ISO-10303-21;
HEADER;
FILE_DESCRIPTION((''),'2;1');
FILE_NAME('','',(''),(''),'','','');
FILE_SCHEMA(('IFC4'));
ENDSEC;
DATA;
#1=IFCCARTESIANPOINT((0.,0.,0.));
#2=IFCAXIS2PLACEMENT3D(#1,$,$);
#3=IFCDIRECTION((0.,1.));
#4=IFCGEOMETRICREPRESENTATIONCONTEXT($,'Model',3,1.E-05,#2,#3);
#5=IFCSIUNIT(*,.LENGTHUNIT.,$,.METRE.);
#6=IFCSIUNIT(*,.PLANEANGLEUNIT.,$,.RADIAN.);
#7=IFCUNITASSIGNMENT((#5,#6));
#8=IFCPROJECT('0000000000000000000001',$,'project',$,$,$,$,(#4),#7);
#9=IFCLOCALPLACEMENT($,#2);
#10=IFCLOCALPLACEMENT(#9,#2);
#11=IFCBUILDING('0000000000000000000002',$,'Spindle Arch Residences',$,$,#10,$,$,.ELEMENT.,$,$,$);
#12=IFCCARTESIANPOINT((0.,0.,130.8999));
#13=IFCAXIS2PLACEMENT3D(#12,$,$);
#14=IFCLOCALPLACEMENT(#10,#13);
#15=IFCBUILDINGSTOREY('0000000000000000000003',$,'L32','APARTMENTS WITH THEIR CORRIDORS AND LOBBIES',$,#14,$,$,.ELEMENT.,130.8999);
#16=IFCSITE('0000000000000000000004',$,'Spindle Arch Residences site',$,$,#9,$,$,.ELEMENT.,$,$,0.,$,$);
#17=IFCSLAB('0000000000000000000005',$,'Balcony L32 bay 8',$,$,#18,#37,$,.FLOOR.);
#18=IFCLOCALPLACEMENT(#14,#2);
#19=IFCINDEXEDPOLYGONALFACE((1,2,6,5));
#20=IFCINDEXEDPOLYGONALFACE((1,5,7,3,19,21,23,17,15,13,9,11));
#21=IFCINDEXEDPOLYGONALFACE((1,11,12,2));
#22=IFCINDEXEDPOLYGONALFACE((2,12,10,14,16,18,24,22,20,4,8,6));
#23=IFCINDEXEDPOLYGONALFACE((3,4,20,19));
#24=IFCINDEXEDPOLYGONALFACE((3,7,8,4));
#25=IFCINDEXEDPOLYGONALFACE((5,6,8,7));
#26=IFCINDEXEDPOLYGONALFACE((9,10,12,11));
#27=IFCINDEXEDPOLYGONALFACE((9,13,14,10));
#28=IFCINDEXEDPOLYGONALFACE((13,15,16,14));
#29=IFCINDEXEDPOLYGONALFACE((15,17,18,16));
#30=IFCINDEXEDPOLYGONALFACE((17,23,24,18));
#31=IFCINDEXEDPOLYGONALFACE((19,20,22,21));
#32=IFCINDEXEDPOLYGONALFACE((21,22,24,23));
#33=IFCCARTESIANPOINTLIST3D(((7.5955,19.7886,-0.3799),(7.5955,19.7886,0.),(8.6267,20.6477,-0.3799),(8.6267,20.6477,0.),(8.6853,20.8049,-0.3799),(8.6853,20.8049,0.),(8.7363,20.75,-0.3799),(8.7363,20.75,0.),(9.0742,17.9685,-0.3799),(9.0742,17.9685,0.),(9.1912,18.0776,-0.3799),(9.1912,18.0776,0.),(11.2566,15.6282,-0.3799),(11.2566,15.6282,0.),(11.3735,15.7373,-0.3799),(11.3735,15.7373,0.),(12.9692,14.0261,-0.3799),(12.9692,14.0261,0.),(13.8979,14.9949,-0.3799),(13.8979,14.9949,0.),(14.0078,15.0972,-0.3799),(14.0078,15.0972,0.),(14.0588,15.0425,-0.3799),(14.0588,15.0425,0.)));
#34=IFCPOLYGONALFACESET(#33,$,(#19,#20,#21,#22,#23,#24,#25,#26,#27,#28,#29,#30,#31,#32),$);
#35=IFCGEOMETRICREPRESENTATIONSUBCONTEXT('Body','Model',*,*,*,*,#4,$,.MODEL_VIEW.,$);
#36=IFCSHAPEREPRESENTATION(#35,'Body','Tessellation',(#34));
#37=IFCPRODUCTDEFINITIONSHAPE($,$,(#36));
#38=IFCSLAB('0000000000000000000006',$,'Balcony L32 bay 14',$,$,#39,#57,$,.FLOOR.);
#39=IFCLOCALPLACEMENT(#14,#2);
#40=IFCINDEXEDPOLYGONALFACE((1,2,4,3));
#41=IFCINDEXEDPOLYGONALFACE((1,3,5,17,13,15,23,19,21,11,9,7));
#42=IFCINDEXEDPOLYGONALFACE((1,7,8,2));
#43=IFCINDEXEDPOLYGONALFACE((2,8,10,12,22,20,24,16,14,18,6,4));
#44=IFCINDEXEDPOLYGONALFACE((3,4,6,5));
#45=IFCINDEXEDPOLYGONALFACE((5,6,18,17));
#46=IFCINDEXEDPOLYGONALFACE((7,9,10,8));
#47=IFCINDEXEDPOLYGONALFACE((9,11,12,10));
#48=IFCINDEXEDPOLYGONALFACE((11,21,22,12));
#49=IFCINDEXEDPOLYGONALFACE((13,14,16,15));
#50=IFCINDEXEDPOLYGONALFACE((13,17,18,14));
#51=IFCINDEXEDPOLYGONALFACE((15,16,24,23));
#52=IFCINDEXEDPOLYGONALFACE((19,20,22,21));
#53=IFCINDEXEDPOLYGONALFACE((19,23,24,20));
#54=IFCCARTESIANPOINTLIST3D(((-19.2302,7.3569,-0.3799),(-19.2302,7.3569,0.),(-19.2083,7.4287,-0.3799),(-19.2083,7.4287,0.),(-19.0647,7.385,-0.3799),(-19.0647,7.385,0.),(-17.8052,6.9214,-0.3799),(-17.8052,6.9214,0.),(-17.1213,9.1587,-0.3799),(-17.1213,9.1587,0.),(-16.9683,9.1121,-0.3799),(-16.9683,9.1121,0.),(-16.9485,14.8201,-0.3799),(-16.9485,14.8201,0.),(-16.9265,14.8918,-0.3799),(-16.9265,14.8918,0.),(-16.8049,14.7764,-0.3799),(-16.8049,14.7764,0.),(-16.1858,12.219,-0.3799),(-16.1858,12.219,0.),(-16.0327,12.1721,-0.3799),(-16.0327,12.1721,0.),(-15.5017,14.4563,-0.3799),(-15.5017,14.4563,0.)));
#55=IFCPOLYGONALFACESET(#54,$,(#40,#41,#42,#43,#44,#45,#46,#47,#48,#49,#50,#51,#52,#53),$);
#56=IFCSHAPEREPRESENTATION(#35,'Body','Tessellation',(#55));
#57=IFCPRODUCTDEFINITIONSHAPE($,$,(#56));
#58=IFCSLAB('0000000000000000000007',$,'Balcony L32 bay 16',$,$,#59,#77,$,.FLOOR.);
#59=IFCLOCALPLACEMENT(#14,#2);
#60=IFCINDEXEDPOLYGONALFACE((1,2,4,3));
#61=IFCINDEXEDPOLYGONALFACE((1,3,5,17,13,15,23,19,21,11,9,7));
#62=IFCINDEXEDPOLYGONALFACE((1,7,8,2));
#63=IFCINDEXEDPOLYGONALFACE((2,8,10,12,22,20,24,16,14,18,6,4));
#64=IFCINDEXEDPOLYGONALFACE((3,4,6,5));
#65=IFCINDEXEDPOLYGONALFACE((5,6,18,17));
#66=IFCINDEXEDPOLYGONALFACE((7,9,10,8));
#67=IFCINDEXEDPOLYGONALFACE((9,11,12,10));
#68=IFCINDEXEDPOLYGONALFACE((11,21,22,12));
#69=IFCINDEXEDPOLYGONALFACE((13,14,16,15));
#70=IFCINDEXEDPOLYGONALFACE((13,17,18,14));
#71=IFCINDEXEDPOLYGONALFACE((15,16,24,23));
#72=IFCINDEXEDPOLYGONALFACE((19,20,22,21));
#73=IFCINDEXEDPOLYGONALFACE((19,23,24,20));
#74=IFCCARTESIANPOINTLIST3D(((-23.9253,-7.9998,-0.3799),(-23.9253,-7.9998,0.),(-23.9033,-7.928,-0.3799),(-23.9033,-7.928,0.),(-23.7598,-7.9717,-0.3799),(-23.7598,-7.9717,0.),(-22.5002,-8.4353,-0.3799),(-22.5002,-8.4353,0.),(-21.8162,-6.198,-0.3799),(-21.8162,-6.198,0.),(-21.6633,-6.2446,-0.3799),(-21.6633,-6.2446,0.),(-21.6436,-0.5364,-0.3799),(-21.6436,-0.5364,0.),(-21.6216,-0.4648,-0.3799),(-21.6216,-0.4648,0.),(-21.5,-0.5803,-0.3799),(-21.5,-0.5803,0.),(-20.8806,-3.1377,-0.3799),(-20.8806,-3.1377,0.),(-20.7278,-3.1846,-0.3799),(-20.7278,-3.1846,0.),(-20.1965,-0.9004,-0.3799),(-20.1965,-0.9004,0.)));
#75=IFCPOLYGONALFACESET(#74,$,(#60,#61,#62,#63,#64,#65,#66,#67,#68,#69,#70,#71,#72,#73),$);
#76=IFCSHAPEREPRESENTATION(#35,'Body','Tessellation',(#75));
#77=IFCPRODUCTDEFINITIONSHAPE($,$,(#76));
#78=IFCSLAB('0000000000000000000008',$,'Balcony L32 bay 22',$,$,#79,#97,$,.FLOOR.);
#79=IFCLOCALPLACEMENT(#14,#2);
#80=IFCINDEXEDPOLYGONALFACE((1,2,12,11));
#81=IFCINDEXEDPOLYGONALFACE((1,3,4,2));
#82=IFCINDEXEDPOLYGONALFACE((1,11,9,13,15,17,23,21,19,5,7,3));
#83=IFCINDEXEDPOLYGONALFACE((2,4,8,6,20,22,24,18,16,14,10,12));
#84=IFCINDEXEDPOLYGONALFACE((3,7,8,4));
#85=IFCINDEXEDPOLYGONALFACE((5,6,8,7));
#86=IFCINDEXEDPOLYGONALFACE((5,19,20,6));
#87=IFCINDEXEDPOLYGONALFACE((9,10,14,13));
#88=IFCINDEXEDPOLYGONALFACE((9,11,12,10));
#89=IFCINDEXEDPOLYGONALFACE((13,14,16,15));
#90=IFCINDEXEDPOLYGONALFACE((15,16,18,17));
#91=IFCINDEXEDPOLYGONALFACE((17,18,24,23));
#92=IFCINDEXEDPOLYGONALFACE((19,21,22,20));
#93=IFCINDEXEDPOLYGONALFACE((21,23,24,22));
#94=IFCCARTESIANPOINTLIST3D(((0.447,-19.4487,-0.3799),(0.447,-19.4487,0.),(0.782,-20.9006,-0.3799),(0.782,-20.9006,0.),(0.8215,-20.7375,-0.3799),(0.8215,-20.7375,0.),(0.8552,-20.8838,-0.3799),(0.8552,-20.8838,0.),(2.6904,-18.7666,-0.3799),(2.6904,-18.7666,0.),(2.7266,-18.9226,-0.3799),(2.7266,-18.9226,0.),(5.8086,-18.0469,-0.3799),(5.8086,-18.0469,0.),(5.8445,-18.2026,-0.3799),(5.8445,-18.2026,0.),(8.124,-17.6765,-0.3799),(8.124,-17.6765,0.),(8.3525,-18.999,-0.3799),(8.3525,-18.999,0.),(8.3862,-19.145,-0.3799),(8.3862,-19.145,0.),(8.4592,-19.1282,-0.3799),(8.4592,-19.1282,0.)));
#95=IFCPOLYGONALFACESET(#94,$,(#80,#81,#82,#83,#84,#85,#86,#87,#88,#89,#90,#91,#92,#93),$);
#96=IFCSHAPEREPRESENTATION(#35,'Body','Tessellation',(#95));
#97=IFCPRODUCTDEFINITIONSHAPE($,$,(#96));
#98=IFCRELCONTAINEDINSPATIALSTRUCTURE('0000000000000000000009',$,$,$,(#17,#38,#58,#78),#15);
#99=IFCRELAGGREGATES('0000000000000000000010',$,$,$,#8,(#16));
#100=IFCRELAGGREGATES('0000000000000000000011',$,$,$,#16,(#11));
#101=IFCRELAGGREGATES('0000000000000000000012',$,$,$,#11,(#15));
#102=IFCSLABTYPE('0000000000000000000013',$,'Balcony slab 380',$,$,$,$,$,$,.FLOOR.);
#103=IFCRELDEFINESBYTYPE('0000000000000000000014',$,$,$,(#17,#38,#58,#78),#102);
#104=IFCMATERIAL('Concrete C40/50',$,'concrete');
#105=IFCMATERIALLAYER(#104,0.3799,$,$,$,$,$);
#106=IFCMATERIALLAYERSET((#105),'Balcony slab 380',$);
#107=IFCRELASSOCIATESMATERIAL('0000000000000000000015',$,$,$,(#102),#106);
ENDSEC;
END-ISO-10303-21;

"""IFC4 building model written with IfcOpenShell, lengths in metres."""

from ifc_helpers import new_model, si_unit, direction, frame, origin, place, context, subcontext, project, spatial, polyline, outline, extrude, material, layer, layer_set, type_object, element, save


model = new_model("IFC4")

# Units and contexts
model_context = context("Model", 3, precision=1e-05, world=origin(), true_north=direction((0.0, 1.0)))
body_context = subcontext(model_context, "Body", "Model", "MODEL_VIEW")
ifc_project = project(units=[si_unit("LENGTHUNIT", "METRE"), si_unit("PLANEANGLEUNIT", "RADIAN")], contexts=[model_context])

# Site, building, storey
site_placement = place(None, origin())
site = spatial("IfcSite", under=ifc_project, at=site_placement, Name="Spindle Arch Residences site", CompositionType="ELEMENT", RefElevation=0.0)
building_placement = place(site_placement, origin())
building = spatial("IfcBuilding", under=site, at=building_placement, Name="Spindle Arch Residences", CompositionType="ELEMENT")
storey_placement = place(building_placement, frame((0.0, 0.0, 130.8999)))
storey = spatial("IfcBuildingStorey", under=building, at=storey_placement, Name="L32", Description="APARTMENTS WITH THEIR CORRIDORS AND LOBBIES", CompositionType="ELEMENT", Elevation=130.8999)

# Slabs
ifc_material_1 = material(Name="Concrete C40/50", Category="concrete")
ifc_layer_1 = layer(ifc_material_1, 0.3799)
ifc_layer_set_1 = layer_set([ifc_layer_1], Name="Balcony slab 380")
slab_type_1 = type_object("IfcSlabType", Name="Balcony slab 380", PredefinedType="FLOOR", material=ifc_layer_set_1)
slab_1_placement = place(storey_placement, frame((0.0, 0.0, -0.3799)))
element("IfcSlab", 1, at=slab_1_placement, inside=storey, type_object=slab_type_1, Name="Balcony L32 bay 8", PredefinedType="FLOOR", context=body_context, shape_type="SweptSolid", body=[
    extrude(outline(polyline([(14.0588, 15.0425), (14.0078, 15.0972), (13.8979, 14.9949), (8.6267, 20.6477), (8.7363, 20.75), (8.6853, 20.8049), (7.5955, 19.7886), (9.1912, 18.0776), (9.0742, 17.9685), (11.2566, 15.6282), (11.3735, 15.7373), (12.9692, 14.0261), (14.0588, 15.0425)])), origin(), (0.0, 0.0, 1.0), 0.3799),
])
slab_2_placement = place(storey_placement, frame((0.0, 0.0, -0.3799)))
element("IfcSlab", 2, at=slab_2_placement, inside=storey, type_object=slab_type_1, Name="Balcony L32 bay 14", PredefinedType="FLOOR", context=body_context, shape_type="SweptSolid", body=[
    extrude(outline(polyline([(-16.9265, 14.8918), (-16.9485, 14.8201), (-16.8049, 14.7764), (-19.0647, 7.385), (-19.2083, 7.4287), (-19.2302, 7.3569), (-17.8052, 6.9214), (-17.1213, 9.1587), (-16.9683, 9.1121), (-16.0327, 12.1721), (-16.1858, 12.219), (-15.5017, 14.4563), (-16.9265, 14.8918)])), origin(), (0.0, 0.0, 1.0), 0.3799),
])
slab_3_placement = place(storey_placement, frame((0.0, 0.0, -0.3799)))
element("IfcSlab", 3, at=slab_3_placement, inside=storey, type_object=slab_type_1, Name="Balcony L32 bay 16", PredefinedType="FLOOR", context=body_context, shape_type="SweptSolid", body=[
    extrude(outline(polyline([(-21.6216, -0.4648), (-21.6436, -0.5364), (-21.5, -0.5803), (-23.7598, -7.9717), (-23.9033, -7.928), (-23.9253, -7.9998), (-22.5002, -8.4353), (-21.8162, -6.198), (-21.6633, -6.2446), (-20.7278, -3.1846), (-20.8806, -3.1377), (-20.1965, -0.9004), (-21.6216, -0.4648)])), origin(), (0.0, 0.0, 1.0), 0.3799),
])
slab_4_placement = place(storey_placement, frame((0.0, 0.0, -0.3799)))
element("IfcSlab", 4, at=slab_4_placement, inside=storey, type_object=slab_type_1, Name="Balcony L32 bay 22", PredefinedType="FLOOR", context=body_context, shape_type="SweptSolid", body=[
    extrude(outline(polyline([(0.782, -20.9006), (0.8552, -20.8838), (0.8215, -20.7375), (8.3525, -18.999), (8.3862, -19.145), (8.4592, -19.1282), (8.124, -17.6765), (5.8445, -18.2026), (5.8086, -18.0469), (2.6904, -18.7666), (2.7266, -18.9226), (0.447, -19.4487), (0.782, -20.9006)])), origin(), (0.0, 0.0, 1.0), 0.3799),
])

save(model, "model.ifc")
